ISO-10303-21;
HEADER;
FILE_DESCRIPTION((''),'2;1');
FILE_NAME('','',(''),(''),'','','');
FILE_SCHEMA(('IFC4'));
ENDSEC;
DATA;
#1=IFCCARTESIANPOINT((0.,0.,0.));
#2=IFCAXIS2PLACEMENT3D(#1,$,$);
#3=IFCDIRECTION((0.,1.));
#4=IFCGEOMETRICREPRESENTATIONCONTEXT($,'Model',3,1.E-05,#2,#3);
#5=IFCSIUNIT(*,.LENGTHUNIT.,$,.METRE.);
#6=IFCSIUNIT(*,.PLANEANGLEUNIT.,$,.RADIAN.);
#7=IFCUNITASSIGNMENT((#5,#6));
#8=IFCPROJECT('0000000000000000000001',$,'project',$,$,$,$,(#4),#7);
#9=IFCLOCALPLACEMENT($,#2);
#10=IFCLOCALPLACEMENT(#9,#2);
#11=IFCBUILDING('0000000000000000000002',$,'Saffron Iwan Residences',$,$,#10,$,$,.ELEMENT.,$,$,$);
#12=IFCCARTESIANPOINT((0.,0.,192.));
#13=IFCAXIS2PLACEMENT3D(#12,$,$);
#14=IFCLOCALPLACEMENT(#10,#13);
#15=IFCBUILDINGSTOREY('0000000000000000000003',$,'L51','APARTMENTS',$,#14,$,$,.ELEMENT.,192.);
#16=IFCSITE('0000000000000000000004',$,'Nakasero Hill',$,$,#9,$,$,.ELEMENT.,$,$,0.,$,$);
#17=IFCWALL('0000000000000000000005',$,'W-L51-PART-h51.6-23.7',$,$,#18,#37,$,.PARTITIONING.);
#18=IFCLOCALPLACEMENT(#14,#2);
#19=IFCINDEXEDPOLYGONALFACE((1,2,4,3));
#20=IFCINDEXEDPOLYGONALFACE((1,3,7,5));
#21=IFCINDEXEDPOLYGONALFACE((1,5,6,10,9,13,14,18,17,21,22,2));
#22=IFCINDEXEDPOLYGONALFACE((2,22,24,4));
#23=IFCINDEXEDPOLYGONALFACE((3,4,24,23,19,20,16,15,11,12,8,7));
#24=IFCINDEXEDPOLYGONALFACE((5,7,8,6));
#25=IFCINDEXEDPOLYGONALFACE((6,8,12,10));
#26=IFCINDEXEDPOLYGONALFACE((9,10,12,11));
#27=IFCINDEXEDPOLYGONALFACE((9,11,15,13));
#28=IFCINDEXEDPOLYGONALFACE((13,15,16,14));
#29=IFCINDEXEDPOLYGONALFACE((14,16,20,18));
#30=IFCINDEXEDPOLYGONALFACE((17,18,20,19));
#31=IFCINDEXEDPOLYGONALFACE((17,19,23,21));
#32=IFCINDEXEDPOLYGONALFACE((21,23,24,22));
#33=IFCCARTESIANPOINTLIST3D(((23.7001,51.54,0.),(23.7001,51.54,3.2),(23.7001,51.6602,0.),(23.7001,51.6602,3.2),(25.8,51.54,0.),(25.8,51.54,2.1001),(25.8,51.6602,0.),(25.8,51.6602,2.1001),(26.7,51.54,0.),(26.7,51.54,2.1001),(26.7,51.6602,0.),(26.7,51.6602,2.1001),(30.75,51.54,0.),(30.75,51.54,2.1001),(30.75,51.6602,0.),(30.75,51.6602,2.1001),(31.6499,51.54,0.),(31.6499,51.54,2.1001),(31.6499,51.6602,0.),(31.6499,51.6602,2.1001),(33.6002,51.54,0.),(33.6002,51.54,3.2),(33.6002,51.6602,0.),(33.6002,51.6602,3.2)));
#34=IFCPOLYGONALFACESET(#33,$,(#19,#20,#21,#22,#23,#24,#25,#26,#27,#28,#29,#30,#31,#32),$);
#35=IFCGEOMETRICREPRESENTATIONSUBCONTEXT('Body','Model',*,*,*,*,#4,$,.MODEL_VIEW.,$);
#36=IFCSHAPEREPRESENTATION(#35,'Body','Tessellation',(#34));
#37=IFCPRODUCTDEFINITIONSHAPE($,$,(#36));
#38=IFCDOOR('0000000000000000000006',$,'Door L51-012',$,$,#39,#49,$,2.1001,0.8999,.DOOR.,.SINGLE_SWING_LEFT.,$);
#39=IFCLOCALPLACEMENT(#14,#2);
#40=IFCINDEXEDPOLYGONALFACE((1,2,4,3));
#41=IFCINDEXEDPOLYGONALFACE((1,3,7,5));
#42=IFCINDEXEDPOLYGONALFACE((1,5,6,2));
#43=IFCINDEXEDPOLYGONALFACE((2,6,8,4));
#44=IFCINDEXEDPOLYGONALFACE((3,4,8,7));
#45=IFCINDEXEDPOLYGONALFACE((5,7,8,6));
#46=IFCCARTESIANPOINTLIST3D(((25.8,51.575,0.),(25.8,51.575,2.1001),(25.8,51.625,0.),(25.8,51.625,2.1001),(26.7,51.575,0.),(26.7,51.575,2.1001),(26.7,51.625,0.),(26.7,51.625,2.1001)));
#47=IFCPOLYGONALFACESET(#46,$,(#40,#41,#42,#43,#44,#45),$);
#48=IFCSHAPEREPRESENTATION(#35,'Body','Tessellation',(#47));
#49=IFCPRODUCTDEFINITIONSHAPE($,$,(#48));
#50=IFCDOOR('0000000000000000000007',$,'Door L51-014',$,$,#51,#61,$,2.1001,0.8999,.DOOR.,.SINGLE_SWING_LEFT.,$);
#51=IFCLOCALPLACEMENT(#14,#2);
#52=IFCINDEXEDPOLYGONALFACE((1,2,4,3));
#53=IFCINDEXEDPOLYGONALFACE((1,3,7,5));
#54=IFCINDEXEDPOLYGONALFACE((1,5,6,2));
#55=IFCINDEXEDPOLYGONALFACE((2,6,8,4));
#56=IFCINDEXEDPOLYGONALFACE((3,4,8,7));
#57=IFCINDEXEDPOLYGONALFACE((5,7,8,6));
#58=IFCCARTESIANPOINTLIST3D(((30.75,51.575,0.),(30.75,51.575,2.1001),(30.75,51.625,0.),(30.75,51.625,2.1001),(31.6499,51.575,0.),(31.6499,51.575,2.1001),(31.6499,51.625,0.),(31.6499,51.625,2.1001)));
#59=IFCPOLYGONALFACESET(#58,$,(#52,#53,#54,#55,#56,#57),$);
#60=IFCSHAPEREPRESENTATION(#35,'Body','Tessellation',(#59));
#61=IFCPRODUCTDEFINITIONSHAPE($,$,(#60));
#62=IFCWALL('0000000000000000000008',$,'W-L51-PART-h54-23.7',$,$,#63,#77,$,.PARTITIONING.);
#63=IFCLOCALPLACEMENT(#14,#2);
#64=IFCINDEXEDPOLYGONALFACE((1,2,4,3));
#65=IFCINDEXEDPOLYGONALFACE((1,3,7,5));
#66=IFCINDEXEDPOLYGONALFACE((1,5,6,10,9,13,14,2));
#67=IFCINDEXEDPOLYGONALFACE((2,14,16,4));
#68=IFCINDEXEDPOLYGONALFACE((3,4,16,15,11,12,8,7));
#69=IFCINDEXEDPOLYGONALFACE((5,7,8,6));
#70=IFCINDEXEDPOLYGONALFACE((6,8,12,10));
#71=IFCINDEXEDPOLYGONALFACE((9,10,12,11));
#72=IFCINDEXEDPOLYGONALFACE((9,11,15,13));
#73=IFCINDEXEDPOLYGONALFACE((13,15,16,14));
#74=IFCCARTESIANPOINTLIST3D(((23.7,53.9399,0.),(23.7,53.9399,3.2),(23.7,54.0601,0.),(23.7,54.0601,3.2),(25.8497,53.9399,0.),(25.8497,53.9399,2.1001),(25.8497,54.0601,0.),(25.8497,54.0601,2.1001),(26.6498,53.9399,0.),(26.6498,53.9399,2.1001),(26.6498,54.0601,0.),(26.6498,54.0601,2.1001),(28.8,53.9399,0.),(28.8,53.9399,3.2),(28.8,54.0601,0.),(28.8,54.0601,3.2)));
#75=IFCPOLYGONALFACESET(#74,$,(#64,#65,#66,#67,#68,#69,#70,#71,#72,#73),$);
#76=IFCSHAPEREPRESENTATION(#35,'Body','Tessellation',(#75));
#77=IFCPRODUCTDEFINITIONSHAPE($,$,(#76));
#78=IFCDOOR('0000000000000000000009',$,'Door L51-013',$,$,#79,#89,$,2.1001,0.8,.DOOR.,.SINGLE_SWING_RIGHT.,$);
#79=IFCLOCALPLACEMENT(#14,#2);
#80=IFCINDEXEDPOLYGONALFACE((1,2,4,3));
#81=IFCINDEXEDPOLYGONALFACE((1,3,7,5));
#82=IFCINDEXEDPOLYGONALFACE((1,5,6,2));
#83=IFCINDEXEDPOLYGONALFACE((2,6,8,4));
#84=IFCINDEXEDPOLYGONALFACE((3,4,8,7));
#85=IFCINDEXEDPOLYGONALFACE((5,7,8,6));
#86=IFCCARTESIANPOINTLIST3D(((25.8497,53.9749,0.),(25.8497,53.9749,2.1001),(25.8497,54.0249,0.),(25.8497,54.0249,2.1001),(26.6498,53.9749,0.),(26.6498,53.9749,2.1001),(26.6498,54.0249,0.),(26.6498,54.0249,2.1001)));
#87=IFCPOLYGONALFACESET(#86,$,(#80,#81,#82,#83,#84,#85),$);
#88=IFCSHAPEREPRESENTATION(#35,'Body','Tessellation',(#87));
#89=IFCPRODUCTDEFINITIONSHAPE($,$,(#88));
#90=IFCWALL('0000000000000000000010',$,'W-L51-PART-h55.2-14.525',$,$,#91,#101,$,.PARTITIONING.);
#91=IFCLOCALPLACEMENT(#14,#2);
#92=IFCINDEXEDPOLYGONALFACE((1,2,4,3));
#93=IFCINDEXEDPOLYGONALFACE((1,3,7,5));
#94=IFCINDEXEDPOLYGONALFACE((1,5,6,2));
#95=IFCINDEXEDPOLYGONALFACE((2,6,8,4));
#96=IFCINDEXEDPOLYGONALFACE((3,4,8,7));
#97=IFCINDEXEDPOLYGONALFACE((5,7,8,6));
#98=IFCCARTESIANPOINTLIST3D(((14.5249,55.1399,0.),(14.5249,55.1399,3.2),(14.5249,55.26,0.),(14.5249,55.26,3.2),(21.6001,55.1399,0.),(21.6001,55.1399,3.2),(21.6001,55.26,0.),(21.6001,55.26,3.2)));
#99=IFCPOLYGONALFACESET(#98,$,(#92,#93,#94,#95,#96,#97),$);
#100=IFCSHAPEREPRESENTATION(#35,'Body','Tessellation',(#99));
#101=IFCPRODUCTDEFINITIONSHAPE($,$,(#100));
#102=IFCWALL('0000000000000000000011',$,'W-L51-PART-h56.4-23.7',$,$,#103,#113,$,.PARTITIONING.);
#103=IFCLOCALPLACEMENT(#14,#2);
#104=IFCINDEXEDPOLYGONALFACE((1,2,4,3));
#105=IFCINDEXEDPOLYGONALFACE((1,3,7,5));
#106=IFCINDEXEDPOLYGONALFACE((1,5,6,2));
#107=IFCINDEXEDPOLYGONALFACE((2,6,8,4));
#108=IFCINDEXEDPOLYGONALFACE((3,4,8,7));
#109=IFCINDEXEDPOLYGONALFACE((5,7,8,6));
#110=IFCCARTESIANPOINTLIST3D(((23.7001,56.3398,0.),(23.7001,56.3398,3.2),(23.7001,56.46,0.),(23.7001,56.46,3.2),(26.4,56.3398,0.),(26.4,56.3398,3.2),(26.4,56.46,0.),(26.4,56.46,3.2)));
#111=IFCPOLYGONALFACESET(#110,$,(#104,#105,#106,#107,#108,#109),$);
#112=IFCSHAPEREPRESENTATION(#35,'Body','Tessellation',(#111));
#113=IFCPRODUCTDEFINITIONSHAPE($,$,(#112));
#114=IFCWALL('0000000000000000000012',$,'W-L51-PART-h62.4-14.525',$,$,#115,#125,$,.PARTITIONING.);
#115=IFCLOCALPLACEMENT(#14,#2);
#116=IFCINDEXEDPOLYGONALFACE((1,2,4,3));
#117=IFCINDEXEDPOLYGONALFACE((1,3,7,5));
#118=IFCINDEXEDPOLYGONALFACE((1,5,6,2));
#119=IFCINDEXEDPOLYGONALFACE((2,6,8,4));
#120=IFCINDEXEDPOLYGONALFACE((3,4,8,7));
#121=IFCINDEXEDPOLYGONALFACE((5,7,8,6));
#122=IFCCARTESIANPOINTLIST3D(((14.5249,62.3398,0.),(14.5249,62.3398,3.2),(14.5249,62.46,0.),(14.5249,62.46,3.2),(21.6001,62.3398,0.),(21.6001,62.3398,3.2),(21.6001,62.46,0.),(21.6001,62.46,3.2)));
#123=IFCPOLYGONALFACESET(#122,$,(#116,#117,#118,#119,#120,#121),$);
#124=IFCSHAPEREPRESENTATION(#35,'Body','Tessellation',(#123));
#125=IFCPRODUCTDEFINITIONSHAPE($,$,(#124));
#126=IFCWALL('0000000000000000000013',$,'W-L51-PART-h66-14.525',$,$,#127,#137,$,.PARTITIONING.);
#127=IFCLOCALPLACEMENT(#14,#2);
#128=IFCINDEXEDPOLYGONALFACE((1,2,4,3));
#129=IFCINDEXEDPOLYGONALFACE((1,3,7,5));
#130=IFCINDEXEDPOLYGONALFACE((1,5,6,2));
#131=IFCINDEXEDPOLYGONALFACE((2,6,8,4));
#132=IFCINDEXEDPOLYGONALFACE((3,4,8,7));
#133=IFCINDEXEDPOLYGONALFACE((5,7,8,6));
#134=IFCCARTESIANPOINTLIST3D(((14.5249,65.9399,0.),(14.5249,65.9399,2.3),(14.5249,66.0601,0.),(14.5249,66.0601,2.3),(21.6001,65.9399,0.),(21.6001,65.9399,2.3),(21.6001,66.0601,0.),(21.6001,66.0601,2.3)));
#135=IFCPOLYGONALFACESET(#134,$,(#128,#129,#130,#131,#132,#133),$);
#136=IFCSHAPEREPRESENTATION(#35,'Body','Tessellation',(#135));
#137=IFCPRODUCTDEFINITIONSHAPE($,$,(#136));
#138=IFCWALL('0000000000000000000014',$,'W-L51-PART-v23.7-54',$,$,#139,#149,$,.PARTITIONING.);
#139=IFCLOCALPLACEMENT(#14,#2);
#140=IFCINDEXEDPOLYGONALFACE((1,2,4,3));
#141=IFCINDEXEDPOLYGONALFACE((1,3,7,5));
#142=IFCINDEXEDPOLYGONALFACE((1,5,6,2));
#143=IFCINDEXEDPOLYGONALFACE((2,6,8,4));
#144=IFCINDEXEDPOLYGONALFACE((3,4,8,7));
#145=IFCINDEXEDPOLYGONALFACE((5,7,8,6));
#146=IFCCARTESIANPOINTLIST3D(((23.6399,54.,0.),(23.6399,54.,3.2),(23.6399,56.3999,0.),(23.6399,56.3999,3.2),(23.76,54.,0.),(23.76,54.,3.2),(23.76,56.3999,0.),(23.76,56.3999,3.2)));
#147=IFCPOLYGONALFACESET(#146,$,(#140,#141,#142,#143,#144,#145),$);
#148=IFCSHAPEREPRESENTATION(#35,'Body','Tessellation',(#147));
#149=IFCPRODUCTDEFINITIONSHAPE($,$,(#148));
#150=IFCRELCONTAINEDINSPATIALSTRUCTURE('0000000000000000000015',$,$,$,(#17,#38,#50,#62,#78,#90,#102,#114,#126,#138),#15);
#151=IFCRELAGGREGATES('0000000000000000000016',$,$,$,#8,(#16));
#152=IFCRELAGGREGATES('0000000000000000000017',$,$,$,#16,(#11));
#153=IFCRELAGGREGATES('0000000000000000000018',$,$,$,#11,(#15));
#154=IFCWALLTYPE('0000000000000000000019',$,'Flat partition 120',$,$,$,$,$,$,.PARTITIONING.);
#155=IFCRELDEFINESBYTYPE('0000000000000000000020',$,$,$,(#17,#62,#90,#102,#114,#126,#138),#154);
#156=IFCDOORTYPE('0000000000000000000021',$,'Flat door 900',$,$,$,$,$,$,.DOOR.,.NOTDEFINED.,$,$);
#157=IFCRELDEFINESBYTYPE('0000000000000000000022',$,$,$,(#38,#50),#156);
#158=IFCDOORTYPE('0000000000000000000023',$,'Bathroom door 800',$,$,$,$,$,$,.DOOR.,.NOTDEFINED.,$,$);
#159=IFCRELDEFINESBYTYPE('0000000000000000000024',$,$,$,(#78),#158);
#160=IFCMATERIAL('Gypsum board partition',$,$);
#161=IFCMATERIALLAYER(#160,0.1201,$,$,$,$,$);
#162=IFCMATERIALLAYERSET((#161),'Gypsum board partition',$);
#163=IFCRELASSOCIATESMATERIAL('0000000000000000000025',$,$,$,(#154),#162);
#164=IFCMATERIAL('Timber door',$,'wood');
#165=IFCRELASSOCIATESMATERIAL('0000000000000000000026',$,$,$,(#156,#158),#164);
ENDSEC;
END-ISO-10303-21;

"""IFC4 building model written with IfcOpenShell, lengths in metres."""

from ifc_helpers import new_model, si_unit, direction, frame, frame_2d, origin, place, context, subcontext, project, spatial, rectangle, extrude, material, layer, layer_set, type_object, element, fill, save


model = new_model("IFC4")

# Units and contexts
model_context = context("Model", 3, precision=1e-05, world=origin(), true_north=direction((0.0, 1.0)))
body_context = subcontext(model_context, "Body", "Model", "MODEL_VIEW")
ifc_project = project(units=[si_unit("LENGTHUNIT", "METRE"), si_unit("PLANEANGLEUNIT", "RADIAN")], contexts=[model_context])

# Site, building, storey
site_placement = place(None, origin())
site = spatial("IfcSite", under=ifc_project, at=site_placement, Name="Nakasero Hill", CompositionType="ELEMENT", RefElevation=0.0)
building_placement = place(site_placement, origin())
building = spatial("IfcBuilding", under=site, at=building_placement, Name="Saffron Iwan Residences", CompositionType="ELEMENT")
storey_placement = place(building_placement, frame((0.0, 0.0, 192.0)))
storey = spatial("IfcBuildingStorey", under=building, at=storey_placement, Name="L51", Description="APARTMENTS", CompositionType="ELEMENT", Elevation=192.0)

# Shared definitions
ifc_material_1 = material(Name="Gypsum board partition")
ifc_layer_1 = layer(ifc_material_1, 0.1201)
ifc_layer_set_1 = layer_set([ifc_layer_1], Name="Gypsum board partition")
wall_type_1 = type_object("IfcWallType", Name="Flat partition 120", PredefinedType="PARTITIONING", material=ifc_layer_set_1)

# Wall, openings, doors
wall_1_placement = place(storey_placement, frame((23.7, 51.6001, 0.0), z_axis=(0.0, 0.0, 1.0), x_axis=(1.0, 0.0, 0.0)))
wall_1 = element("IfcWall", 1, at=wall_1_placement, inside=storey, type_object=wall_type_1, Name="W-L51-PART-h51.6-23.7", PredefinedType="PARTITIONING", context=body_context, shape_type="SweptSolid", body=[
    extrude(rectangle(XDim=9.9001, YDim=0.1201, at=frame_2d((4.9502, 0.0))), origin(), (0.0, 0.0, 1.0), 3.2),
])
opening_1_placement = place(wall_1_placement, frame((2.1001, 0.0, 0.0)))
opening_1 = element("IfcOpeningElement", 2, at=opening_1_placement, cuts=wall_1, PredefinedType="OPENING", context=body_context, shape_type="SweptSolid", body=[
    extrude(rectangle(XDim=0.8999, YDim=2.1001, at=frame_2d((0.45, 1.05))), frame((0.0, 0.0701, 0.0), z_axis=(0.0, -1.0, 0.0), x_axis=(1.0, 0.0, 0.0)), (0.0, 0.0, 1.0), 0.1401),
])
opening_2_placement = place(wall_1_placement, frame((7.05, 0.0, 0.0)))
opening_2 = element("IfcOpeningElement", 3, at=opening_2_placement, cuts=wall_1, PredefinedType="OPENING", context=body_context, shape_type="SweptSolid", body=[
    extrude(rectangle(XDim=0.8999, YDim=2.1001, at=frame_2d((0.45, 1.05))), frame((0.0, 0.0701, 0.0), z_axis=(0.0, -1.0, 0.0), x_axis=(1.0, 0.0, 0.0)), (0.0, 0.0, 1.0), 0.1401),
])
ifc_material_2 = material(Name="Timber door", Category="wood")
door_type_1 = type_object("IfcDoorType", Name="Flat door 900", OperationType="NOTDEFINED", PredefinedType="DOOR", material=ifc_material_2)
door_1_placement = place(opening_1_placement, origin())
door_1 = element("IfcDoor", 4, at=door_1_placement, inside=storey, type_object=door_type_1, Name="Door L51-012", OperationType="SINGLE_SWING_LEFT", OverallHeight=2.1001, OverallWidth=0.8999, PredefinedType="DOOR", context=body_context, shape_type="SweptSolid", body=[
    extrude(rectangle(XDim=0.8999, YDim=2.1001, at=frame_2d((0.45, 1.05))), frame((0.0, 0.0249, 0.0), z_axis=(0.0, -1.0, 0.0), x_axis=(1.0, 0.0, 0.0)), (0.0, 0.0, 1.0), 0.05),
])
fill(opening_1, door_1)
door_2_placement = place(opening_2_placement, origin())
door_2 = element("IfcDoor", 5, at=door_2_placement, inside=storey, type_object=door_type_1, Name="Door L51-014", OperationType="SINGLE_SWING_LEFT", OverallHeight=2.1001, OverallWidth=0.8999, PredefinedType="DOOR", context=body_context, shape_type="SweptSolid", body=[
    extrude(rectangle(XDim=0.8999, YDim=2.1001, at=frame_2d((0.45, 1.05))), frame((0.0, 0.0249, 0.0), z_axis=(0.0, -1.0, 0.0), x_axis=(1.0, 0.0, 0.0)), (0.0, 0.0, 1.0), 0.05),
])
fill(opening_2, door_2)

# Wall, opening, door
wall_2_placement = place(storey_placement, frame((23.7, 54.0, 0.0), z_axis=(0.0, 0.0, 1.0), x_axis=(1.0, 0.0, 0.0)))
wall_2 = element("IfcWall", 6, at=wall_2_placement, inside=storey, type_object=wall_type_1, Name="W-L51-PART-h54-23.7", PredefinedType="PARTITIONING", context=body_context, shape_type="SweptSolid", body=[
    extrude(rectangle(XDim=5.1001, YDim=0.1201, at=frame_2d((2.55, 0.0))), origin(), (0.0, 0.0, 1.0), 3.2),
])
opening_3_placement = place(wall_2_placement, frame((2.1499, 0.0, 0.0)))
opening_3 = element("IfcOpeningElement", 7, at=opening_3_placement, cuts=wall_2, PredefinedType="OPENING", context=body_context, shape_type="SweptSolid", body=[
    extrude(rectangle(XDim=0.8, YDim=2.1001, at=frame_2d((0.3999, 1.05))), frame((0.0, 0.0701, 0.0), z_axis=(0.0, -1.0, 0.0), x_axis=(1.0, 0.0, 0.0)), (0.0, 0.0, 1.0), 0.1401),
])
door_type_2 = type_object("IfcDoorType", Name="Bathroom door 800", OperationType="NOTDEFINED", PredefinedType="DOOR", material=ifc_material_2)
door_3_placement = place(opening_3_placement, origin())
door_3 = element("IfcDoor", 8, at=door_3_placement, inside=storey, type_object=door_type_2, Name="Door L51-013", OperationType="SINGLE_SWING_RIGHT", OverallHeight=2.1001, OverallWidth=0.8, PredefinedType="DOOR", context=body_context, shape_type="SweptSolid", body=[
    extrude(rectangle(XDim=0.8, YDim=2.1001, at=frame_2d((0.3999, 1.05))), frame((0.0, 0.0249, 0.0), z_axis=(0.0, -1.0, 0.0), x_axis=(1.0, 0.0, 0.0)), (0.0, 0.0, 1.0), 0.05),
])
fill(opening_3, door_3)

# Walls
wall_3_placement = place(storey_placement, frame((14.5249, 55.2, 0.0), z_axis=(0.0, 0.0, 1.0), x_axis=(1.0, 0.0, 0.0)))
element("IfcWall", 9, at=wall_3_placement, inside=storey, type_object=wall_type_1, Name="W-L51-PART-h55.2-14.525", PredefinedType="PARTITIONING", context=body_context, shape_type="SweptSolid", body=[
    extrude(rectangle(XDim=7.0752, YDim=0.1201, at=frame_2d((3.5376, 0.0))), origin(), (0.0, 0.0, 1.0), 3.2),
])
wall_4_placement = place(storey_placement, frame((23.7, 56.3999, 0.0), z_axis=(0.0, 0.0, 1.0), x_axis=(1.0, 0.0, 0.0)))
element("IfcWall", 10, at=wall_4_placement, inside=storey, type_object=wall_type_1, Name="W-L51-PART-h56.4-23.7", PredefinedType="PARTITIONING", context=body_context, shape_type="SweptSolid", body=[
    extrude(rectangle(XDim=2.7, YDim=0.1201, at=frame_2d((1.3501, 0.0))), origin(), (0.0, 0.0, 1.0), 3.2),
])
wall_5_placement = place(storey_placement, frame((14.5249, 62.3999, 0.0), z_axis=(0.0, 0.0, 1.0), x_axis=(1.0, 0.0, 0.0)))
element("IfcWall", 11, at=wall_5_placement, inside=storey, type_object=wall_type_1, Name="W-L51-PART-h62.4-14.525", PredefinedType="PARTITIONING", context=body_context, shape_type="SweptSolid", body=[
    extrude(rectangle(XDim=7.0752, YDim=0.1201, at=frame_2d((3.5376, 0.0))), origin(), (0.0, 0.0, 1.0), 3.2),
])
wall_6_placement = place(storey_placement, frame((14.5249, 66.0, 0.0), z_axis=(0.0, 0.0, 1.0), x_axis=(1.0, 0.0, 0.0)))
element("IfcWall", 12, at=wall_6_placement, inside=storey, type_object=wall_type_1, Name="W-L51-PART-h66-14.525", PredefinedType="PARTITIONING", context=body_context, shape_type="SweptSolid", body=[
    extrude(rectangle(XDim=7.0752, YDim=0.1201, at=frame_2d((3.5376, 0.0))), origin(), (0.0, 0.0, 1.0), 2.3),
])
wall_7_placement = place(storey_placement, frame((23.7, 54.0, 0.0), z_axis=(0.0, 0.0, 1.0), x_axis=(0.0, 1.0, 0.0)))
element("IfcWall", 13, at=wall_7_placement, inside=storey, type_object=wall_type_1, Name="W-L51-PART-v23.7-54", PredefinedType="PARTITIONING", context=body_context, shape_type="SweptSolid", body=[
    extrude(rectangle(XDim=2.3999, YDim=0.1201, at=frame_2d((1.2, 0.0))), origin(), (0.0, 0.0, 1.0), 3.2),
])

save(model, "model.ifc")
